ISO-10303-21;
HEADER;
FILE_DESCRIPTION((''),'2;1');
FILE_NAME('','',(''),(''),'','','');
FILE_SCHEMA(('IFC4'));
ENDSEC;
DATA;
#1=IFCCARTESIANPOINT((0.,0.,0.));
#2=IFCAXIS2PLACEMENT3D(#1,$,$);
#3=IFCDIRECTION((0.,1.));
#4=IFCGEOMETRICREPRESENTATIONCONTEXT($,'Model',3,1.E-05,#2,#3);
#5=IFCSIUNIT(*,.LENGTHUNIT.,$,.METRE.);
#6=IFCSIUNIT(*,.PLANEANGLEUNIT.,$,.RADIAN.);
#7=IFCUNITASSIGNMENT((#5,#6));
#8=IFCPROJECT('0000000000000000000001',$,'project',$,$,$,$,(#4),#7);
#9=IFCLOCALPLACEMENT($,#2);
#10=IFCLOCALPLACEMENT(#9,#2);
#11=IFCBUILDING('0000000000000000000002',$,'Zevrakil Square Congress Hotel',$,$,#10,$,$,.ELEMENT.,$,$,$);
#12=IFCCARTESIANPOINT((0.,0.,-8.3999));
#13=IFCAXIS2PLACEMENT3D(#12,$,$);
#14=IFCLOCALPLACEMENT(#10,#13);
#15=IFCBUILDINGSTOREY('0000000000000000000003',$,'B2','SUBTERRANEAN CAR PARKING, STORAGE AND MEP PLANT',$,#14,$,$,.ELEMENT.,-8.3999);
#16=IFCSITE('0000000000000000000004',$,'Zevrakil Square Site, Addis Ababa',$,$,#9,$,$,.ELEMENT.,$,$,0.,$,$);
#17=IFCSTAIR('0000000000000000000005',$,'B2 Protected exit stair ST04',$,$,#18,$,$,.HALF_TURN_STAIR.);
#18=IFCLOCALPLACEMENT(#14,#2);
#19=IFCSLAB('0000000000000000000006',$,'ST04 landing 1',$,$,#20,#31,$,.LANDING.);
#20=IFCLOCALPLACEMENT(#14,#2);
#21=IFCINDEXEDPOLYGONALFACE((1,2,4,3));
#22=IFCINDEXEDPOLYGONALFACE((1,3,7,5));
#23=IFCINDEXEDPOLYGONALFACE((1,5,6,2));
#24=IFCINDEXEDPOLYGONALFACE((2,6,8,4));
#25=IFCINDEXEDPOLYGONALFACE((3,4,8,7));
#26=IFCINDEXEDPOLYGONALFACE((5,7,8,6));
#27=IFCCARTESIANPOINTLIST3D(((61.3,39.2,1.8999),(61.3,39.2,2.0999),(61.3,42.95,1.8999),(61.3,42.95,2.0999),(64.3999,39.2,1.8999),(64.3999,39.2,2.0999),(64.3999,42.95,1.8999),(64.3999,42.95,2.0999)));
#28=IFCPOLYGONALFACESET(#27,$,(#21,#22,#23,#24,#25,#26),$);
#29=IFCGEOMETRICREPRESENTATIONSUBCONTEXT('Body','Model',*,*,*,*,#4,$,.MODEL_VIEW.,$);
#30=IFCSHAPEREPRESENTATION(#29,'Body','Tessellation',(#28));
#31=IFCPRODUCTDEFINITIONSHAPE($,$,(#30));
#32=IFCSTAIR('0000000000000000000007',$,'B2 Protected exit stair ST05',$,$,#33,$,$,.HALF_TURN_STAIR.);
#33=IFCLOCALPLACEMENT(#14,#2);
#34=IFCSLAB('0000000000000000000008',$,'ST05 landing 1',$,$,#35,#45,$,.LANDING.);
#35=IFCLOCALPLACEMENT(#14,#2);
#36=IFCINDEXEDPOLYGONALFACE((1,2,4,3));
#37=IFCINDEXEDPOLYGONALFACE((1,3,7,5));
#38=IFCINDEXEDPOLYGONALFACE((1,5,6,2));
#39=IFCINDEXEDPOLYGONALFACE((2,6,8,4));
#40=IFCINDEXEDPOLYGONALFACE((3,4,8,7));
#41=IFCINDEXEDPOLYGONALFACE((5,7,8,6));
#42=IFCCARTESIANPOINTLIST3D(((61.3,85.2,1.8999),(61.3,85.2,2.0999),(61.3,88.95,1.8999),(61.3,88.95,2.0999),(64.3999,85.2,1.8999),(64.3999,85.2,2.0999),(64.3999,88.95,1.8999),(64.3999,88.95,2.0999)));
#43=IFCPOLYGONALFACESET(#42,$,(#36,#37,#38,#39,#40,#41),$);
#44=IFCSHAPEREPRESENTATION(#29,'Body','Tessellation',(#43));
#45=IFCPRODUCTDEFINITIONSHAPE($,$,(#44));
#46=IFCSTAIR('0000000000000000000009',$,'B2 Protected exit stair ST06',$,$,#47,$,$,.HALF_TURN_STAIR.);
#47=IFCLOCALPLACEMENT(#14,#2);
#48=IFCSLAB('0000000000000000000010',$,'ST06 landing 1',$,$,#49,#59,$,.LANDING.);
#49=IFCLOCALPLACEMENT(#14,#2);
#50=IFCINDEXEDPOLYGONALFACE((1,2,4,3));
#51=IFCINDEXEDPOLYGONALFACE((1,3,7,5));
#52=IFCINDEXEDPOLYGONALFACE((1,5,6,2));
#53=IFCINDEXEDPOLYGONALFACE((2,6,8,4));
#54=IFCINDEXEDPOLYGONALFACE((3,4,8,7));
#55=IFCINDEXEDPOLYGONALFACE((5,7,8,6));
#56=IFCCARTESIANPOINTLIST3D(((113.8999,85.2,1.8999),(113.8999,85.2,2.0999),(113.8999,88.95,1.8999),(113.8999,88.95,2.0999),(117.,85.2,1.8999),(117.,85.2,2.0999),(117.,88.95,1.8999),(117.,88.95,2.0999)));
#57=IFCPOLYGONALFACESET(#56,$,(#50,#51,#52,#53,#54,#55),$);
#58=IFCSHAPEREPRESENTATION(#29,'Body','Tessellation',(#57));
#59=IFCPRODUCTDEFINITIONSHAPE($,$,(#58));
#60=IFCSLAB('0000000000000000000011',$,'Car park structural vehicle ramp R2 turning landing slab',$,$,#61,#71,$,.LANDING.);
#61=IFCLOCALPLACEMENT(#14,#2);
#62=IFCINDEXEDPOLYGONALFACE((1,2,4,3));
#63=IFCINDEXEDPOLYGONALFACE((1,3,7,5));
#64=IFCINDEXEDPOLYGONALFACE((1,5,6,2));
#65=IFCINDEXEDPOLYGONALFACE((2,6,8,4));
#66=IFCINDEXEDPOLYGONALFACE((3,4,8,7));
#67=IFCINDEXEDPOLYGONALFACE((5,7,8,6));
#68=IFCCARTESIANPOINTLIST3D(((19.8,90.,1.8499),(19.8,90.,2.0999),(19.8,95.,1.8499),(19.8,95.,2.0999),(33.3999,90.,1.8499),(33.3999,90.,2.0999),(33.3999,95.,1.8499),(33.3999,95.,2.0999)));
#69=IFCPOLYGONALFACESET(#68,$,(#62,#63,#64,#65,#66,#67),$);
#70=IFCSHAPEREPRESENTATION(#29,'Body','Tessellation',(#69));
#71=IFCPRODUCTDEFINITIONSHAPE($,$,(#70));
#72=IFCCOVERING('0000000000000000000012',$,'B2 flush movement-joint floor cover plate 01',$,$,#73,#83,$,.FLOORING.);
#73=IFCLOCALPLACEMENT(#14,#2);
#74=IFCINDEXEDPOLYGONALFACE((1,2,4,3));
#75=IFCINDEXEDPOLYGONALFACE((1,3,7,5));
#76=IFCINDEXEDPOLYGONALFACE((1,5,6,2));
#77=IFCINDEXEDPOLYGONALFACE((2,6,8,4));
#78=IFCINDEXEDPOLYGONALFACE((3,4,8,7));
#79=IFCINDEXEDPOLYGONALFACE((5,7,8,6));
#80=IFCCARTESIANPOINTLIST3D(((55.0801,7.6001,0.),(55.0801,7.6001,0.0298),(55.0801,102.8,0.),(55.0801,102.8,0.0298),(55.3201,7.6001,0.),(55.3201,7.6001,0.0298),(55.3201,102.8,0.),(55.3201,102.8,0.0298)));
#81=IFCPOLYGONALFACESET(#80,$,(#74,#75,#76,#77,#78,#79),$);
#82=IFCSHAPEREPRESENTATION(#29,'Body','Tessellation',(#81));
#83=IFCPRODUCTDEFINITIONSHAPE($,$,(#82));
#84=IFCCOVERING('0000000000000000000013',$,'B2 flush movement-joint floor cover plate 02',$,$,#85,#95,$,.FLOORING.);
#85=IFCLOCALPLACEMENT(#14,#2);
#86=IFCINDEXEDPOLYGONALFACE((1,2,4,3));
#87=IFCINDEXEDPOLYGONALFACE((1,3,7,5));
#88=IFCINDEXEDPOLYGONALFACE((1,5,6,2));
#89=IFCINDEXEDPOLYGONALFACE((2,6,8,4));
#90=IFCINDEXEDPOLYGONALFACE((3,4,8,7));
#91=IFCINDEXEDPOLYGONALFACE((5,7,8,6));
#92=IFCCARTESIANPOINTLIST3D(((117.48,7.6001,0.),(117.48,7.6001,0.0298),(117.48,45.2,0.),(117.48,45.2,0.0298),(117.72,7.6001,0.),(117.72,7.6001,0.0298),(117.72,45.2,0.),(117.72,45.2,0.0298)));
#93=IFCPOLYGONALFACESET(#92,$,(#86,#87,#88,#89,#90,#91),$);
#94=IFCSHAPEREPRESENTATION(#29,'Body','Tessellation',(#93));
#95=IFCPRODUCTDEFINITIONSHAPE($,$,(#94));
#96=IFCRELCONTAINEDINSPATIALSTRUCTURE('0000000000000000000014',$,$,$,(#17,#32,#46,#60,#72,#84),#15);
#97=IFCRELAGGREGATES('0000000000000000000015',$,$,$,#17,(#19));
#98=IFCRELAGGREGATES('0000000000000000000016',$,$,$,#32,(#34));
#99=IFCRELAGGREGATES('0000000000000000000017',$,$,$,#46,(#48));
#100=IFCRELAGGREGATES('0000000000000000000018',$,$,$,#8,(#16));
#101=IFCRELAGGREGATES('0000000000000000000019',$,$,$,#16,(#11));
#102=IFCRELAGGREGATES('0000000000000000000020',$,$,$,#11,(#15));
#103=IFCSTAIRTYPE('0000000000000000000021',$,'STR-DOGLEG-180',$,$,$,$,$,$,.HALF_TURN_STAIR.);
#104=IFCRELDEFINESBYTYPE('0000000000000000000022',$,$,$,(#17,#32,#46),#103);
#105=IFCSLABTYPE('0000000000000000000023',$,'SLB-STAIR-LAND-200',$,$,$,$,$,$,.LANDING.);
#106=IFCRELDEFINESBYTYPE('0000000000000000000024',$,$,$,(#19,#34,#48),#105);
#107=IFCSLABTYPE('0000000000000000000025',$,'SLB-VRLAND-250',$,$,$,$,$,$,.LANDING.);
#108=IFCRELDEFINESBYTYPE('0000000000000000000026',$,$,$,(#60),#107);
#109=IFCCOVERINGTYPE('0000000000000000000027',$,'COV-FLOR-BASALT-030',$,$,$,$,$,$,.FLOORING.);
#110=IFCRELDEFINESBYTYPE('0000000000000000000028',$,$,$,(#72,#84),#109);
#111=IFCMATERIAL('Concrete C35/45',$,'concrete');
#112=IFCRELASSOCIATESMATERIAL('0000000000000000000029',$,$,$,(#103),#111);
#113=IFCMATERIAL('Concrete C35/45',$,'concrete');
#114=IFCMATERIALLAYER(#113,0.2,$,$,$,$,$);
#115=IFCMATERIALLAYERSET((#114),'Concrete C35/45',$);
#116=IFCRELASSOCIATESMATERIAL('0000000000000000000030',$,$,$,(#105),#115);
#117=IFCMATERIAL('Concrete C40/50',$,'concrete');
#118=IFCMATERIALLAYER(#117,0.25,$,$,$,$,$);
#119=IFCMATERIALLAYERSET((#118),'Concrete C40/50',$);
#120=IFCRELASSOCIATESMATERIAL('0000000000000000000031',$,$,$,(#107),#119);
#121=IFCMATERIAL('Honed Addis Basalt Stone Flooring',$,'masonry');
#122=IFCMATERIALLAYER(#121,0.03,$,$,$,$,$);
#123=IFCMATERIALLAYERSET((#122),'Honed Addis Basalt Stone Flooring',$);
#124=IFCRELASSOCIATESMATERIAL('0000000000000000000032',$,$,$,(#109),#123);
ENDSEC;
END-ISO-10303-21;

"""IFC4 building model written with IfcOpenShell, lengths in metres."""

from ifc_helpers import new_model, si_unit, direction, frame, origin, place, context, subcontext, project, spatial, polyline, outline, extrude, material, layer, layer_set, type_object, element, aggregate, save


model = new_model("IFC4")

# Units and contexts
model_context = context("Model", 3, precision=1e-05, world=origin(), true_north=direction((0.0, 1.0)))
body_context = subcontext(model_context, "Body", "Model", "MODEL_VIEW")
ifc_project = project(units=[si_unit("LENGTHUNIT", "METRE"), si_unit("PLANEANGLEUNIT", "RADIAN")], contexts=[model_context])

# Site, building, storey
site_placement = place(None, origin())
site = spatial("IfcSite", under=ifc_project, at=site_placement, Name="Zevrakil Square Site, Addis Ababa", CompositionType="ELEMENT", RefElevation=0.0)
building_placement = place(site_placement, origin())
building = spatial("IfcBuilding", under=site, at=building_placement, Name="Zevrakil Square Congress Hotel", CompositionType="ELEMENT")
storey_placement = place(building_placement, frame((0.0, 0.0, -8.3999)))
storey = spatial("IfcBuildingStorey", under=building, at=storey_placement, Name="B2", Description="SUBTERRANEAN CAR PARKING, STORAGE AND MEP PLANT", CompositionType="ELEMENT", Elevation=-8.3999)

# Stairs, slabs
ifc_material_1 = material(Name="Concrete C35/45", Category="concrete")
stair_type = type_object("IfcStairType", Name="STR-DOGLEG-180", PredefinedType="HALF_TURN_STAIR", material=ifc_material_1)
ifc_material_2 = material(Name="Concrete C35/45", Category="concrete")
ifc_layer_1 = layer(ifc_material_2, 0.2)
ifc_layer_set_1 = layer_set([ifc_layer_1], Name="Concrete C35/45")
slab_type_1 = type_object("IfcSlabType", Name="SLB-STAIR-LAND-200", PredefinedType="LANDING", material=ifc_layer_set_1)
stair_1_placement = place(storey_placement, origin())
stair_1 = element("IfcStair", 1, at=stair_1_placement, inside=storey, type_object=stair_type, Name="B2 Protected exit stair ST04", PredefinedType="HALF_TURN_STAIR")
slab_1_placement = place(storey_placement, frame((0.0, 0.0, 1.8999)))
slab_1 = element("IfcSlab", 2, at=slab_1_placement, type_object=slab_type_1, Name="ST04 landing 1", PredefinedType="LANDING", context=body_context, shape_type="SweptSolid", body=[
    extrude(outline(polyline([(61.3, 39.2), (64.3999, 39.2), (64.3999, 42.95), (61.3, 42.95), (61.3, 39.2)])), origin(), (0.0, 0.0, 1.0), 0.2),
])
aggregate(stair_1, [slab_1])
stair_2_placement = place(storey_placement, origin())
stair_2 = element("IfcStair", 3, at=stair_2_placement, inside=storey, type_object=stair_type, Name="B2 Protected exit stair ST05", PredefinedType="HALF_TURN_STAIR")
slab_2_placement = place(storey_placement, frame((0.0, 0.0, 1.8999)))
slab_2 = element("IfcSlab", 4, at=slab_2_placement, type_object=slab_type_1, Name="ST05 landing 1", PredefinedType="LANDING", context=body_context, shape_type="SweptSolid", body=[
    extrude(outline(polyline([(61.3, 85.2), (64.3999, 85.2), (64.3999, 88.95), (61.3, 88.95), (61.3, 85.2)])), origin(), (0.0, 0.0, 1.0), 0.2),
])
aggregate(stair_2, [slab_2])
stair_3_placement = place(storey_placement, origin())
stair_3 = element("IfcStair", 5, at=stair_3_placement, inside=storey, type_object=stair_type, Name="B2 Protected exit stair ST06", PredefinedType="HALF_TURN_STAIR")
slab_3_placement = place(storey_placement, frame((0.0, 0.0, 1.8999)))
slab_3 = element("IfcSlab", 6, at=slab_3_placement, type_object=slab_type_1, Name="ST06 landing 1", PredefinedType="LANDING", context=body_context, shape_type="SweptSolid", body=[
    extrude(outline(polyline([(113.8999, 85.2), (117.0, 85.2), (117.0, 88.95), (113.8999, 88.95), (113.8999, 85.2)])), origin(), (0.0, 0.0, 1.0), 0.2),
])
aggregate(stair_3, [slab_3])

# Slab
ifc_material_3 = material(Name="Concrete C40/50", Category="concrete")
ifc_layer_2 = layer(ifc_material_3, 0.25)
ifc_layer_set_2 = layer_set([ifc_layer_2], Name="Concrete C40/50")
slab_type_2 = type_object("IfcSlabType", Name="SLB-VRLAND-250", PredefinedType="LANDING", material=ifc_layer_set_2)
slab_4_placement = place(storey_placement, frame((0.0, 0.0, 1.8499)))
element("IfcSlab", 7, at=slab_4_placement, inside=storey, type_object=slab_type_2, Name="Car park structural vehicle ramp R2 turning landing slab", PredefinedType="LANDING", context=body_context, shape_type="SweptSolid", body=[
    extrude(outline(polyline([(19.8, 90.0), (33.3999, 90.0), (33.3999, 95.0), (19.8, 95.0), (19.8, 90.0)])), origin(), (0.0, 0.0, 1.0), 0.25),
])

# Coverings
ifc_material_4 = material(Name="Honed Addis Basalt Stone Flooring", Category="masonry")
ifc_layer_3 = layer(ifc_material_4, 0.03)
ifc_layer_set_3 = layer_set([ifc_layer_3], Name="Honed Addis Basalt Stone Flooring")
covering_type = type_object("IfcCoveringType", Name="COV-FLOR-BASALT-030", PredefinedType="FLOORING", material=ifc_layer_set_3)
covering_1_placement = place(storey_placement, origin())
element("IfcCovering", 8, at=covering_1_placement, inside=storey, type_object=covering_type, Name="B2 flush movement-joint floor cover plate 01", PredefinedType="FLOORING", context=body_context, shape_type="SweptSolid", body=[
    extrude(outline(polyline([(55.0801, 7.6001), (55.3201, 7.6001), (55.3201, 102.8), (55.0801, 102.8), (55.0801, 7.6001)])), origin(), (0.0, 0.0, 1.0), 0.0298),
])
covering_2_placement = place(storey_placement, origin())
element("IfcCovering", 9, at=covering_2_placement, inside=storey, type_object=covering_type, Name="B2 flush movement-joint floor cover plate 02", PredefinedType="FLOORING", context=body_context, shape_type="SweptSolid", body=[
    extrude(outline(polyline([(117.48, 7.6001), (117.72, 7.6001), (117.72, 45.2), (117.48, 45.2), (117.48, 7.6001)])), origin(), (0.0, 0.0, 1.0), 0.0298),
])

save(model, "model.ifc")
